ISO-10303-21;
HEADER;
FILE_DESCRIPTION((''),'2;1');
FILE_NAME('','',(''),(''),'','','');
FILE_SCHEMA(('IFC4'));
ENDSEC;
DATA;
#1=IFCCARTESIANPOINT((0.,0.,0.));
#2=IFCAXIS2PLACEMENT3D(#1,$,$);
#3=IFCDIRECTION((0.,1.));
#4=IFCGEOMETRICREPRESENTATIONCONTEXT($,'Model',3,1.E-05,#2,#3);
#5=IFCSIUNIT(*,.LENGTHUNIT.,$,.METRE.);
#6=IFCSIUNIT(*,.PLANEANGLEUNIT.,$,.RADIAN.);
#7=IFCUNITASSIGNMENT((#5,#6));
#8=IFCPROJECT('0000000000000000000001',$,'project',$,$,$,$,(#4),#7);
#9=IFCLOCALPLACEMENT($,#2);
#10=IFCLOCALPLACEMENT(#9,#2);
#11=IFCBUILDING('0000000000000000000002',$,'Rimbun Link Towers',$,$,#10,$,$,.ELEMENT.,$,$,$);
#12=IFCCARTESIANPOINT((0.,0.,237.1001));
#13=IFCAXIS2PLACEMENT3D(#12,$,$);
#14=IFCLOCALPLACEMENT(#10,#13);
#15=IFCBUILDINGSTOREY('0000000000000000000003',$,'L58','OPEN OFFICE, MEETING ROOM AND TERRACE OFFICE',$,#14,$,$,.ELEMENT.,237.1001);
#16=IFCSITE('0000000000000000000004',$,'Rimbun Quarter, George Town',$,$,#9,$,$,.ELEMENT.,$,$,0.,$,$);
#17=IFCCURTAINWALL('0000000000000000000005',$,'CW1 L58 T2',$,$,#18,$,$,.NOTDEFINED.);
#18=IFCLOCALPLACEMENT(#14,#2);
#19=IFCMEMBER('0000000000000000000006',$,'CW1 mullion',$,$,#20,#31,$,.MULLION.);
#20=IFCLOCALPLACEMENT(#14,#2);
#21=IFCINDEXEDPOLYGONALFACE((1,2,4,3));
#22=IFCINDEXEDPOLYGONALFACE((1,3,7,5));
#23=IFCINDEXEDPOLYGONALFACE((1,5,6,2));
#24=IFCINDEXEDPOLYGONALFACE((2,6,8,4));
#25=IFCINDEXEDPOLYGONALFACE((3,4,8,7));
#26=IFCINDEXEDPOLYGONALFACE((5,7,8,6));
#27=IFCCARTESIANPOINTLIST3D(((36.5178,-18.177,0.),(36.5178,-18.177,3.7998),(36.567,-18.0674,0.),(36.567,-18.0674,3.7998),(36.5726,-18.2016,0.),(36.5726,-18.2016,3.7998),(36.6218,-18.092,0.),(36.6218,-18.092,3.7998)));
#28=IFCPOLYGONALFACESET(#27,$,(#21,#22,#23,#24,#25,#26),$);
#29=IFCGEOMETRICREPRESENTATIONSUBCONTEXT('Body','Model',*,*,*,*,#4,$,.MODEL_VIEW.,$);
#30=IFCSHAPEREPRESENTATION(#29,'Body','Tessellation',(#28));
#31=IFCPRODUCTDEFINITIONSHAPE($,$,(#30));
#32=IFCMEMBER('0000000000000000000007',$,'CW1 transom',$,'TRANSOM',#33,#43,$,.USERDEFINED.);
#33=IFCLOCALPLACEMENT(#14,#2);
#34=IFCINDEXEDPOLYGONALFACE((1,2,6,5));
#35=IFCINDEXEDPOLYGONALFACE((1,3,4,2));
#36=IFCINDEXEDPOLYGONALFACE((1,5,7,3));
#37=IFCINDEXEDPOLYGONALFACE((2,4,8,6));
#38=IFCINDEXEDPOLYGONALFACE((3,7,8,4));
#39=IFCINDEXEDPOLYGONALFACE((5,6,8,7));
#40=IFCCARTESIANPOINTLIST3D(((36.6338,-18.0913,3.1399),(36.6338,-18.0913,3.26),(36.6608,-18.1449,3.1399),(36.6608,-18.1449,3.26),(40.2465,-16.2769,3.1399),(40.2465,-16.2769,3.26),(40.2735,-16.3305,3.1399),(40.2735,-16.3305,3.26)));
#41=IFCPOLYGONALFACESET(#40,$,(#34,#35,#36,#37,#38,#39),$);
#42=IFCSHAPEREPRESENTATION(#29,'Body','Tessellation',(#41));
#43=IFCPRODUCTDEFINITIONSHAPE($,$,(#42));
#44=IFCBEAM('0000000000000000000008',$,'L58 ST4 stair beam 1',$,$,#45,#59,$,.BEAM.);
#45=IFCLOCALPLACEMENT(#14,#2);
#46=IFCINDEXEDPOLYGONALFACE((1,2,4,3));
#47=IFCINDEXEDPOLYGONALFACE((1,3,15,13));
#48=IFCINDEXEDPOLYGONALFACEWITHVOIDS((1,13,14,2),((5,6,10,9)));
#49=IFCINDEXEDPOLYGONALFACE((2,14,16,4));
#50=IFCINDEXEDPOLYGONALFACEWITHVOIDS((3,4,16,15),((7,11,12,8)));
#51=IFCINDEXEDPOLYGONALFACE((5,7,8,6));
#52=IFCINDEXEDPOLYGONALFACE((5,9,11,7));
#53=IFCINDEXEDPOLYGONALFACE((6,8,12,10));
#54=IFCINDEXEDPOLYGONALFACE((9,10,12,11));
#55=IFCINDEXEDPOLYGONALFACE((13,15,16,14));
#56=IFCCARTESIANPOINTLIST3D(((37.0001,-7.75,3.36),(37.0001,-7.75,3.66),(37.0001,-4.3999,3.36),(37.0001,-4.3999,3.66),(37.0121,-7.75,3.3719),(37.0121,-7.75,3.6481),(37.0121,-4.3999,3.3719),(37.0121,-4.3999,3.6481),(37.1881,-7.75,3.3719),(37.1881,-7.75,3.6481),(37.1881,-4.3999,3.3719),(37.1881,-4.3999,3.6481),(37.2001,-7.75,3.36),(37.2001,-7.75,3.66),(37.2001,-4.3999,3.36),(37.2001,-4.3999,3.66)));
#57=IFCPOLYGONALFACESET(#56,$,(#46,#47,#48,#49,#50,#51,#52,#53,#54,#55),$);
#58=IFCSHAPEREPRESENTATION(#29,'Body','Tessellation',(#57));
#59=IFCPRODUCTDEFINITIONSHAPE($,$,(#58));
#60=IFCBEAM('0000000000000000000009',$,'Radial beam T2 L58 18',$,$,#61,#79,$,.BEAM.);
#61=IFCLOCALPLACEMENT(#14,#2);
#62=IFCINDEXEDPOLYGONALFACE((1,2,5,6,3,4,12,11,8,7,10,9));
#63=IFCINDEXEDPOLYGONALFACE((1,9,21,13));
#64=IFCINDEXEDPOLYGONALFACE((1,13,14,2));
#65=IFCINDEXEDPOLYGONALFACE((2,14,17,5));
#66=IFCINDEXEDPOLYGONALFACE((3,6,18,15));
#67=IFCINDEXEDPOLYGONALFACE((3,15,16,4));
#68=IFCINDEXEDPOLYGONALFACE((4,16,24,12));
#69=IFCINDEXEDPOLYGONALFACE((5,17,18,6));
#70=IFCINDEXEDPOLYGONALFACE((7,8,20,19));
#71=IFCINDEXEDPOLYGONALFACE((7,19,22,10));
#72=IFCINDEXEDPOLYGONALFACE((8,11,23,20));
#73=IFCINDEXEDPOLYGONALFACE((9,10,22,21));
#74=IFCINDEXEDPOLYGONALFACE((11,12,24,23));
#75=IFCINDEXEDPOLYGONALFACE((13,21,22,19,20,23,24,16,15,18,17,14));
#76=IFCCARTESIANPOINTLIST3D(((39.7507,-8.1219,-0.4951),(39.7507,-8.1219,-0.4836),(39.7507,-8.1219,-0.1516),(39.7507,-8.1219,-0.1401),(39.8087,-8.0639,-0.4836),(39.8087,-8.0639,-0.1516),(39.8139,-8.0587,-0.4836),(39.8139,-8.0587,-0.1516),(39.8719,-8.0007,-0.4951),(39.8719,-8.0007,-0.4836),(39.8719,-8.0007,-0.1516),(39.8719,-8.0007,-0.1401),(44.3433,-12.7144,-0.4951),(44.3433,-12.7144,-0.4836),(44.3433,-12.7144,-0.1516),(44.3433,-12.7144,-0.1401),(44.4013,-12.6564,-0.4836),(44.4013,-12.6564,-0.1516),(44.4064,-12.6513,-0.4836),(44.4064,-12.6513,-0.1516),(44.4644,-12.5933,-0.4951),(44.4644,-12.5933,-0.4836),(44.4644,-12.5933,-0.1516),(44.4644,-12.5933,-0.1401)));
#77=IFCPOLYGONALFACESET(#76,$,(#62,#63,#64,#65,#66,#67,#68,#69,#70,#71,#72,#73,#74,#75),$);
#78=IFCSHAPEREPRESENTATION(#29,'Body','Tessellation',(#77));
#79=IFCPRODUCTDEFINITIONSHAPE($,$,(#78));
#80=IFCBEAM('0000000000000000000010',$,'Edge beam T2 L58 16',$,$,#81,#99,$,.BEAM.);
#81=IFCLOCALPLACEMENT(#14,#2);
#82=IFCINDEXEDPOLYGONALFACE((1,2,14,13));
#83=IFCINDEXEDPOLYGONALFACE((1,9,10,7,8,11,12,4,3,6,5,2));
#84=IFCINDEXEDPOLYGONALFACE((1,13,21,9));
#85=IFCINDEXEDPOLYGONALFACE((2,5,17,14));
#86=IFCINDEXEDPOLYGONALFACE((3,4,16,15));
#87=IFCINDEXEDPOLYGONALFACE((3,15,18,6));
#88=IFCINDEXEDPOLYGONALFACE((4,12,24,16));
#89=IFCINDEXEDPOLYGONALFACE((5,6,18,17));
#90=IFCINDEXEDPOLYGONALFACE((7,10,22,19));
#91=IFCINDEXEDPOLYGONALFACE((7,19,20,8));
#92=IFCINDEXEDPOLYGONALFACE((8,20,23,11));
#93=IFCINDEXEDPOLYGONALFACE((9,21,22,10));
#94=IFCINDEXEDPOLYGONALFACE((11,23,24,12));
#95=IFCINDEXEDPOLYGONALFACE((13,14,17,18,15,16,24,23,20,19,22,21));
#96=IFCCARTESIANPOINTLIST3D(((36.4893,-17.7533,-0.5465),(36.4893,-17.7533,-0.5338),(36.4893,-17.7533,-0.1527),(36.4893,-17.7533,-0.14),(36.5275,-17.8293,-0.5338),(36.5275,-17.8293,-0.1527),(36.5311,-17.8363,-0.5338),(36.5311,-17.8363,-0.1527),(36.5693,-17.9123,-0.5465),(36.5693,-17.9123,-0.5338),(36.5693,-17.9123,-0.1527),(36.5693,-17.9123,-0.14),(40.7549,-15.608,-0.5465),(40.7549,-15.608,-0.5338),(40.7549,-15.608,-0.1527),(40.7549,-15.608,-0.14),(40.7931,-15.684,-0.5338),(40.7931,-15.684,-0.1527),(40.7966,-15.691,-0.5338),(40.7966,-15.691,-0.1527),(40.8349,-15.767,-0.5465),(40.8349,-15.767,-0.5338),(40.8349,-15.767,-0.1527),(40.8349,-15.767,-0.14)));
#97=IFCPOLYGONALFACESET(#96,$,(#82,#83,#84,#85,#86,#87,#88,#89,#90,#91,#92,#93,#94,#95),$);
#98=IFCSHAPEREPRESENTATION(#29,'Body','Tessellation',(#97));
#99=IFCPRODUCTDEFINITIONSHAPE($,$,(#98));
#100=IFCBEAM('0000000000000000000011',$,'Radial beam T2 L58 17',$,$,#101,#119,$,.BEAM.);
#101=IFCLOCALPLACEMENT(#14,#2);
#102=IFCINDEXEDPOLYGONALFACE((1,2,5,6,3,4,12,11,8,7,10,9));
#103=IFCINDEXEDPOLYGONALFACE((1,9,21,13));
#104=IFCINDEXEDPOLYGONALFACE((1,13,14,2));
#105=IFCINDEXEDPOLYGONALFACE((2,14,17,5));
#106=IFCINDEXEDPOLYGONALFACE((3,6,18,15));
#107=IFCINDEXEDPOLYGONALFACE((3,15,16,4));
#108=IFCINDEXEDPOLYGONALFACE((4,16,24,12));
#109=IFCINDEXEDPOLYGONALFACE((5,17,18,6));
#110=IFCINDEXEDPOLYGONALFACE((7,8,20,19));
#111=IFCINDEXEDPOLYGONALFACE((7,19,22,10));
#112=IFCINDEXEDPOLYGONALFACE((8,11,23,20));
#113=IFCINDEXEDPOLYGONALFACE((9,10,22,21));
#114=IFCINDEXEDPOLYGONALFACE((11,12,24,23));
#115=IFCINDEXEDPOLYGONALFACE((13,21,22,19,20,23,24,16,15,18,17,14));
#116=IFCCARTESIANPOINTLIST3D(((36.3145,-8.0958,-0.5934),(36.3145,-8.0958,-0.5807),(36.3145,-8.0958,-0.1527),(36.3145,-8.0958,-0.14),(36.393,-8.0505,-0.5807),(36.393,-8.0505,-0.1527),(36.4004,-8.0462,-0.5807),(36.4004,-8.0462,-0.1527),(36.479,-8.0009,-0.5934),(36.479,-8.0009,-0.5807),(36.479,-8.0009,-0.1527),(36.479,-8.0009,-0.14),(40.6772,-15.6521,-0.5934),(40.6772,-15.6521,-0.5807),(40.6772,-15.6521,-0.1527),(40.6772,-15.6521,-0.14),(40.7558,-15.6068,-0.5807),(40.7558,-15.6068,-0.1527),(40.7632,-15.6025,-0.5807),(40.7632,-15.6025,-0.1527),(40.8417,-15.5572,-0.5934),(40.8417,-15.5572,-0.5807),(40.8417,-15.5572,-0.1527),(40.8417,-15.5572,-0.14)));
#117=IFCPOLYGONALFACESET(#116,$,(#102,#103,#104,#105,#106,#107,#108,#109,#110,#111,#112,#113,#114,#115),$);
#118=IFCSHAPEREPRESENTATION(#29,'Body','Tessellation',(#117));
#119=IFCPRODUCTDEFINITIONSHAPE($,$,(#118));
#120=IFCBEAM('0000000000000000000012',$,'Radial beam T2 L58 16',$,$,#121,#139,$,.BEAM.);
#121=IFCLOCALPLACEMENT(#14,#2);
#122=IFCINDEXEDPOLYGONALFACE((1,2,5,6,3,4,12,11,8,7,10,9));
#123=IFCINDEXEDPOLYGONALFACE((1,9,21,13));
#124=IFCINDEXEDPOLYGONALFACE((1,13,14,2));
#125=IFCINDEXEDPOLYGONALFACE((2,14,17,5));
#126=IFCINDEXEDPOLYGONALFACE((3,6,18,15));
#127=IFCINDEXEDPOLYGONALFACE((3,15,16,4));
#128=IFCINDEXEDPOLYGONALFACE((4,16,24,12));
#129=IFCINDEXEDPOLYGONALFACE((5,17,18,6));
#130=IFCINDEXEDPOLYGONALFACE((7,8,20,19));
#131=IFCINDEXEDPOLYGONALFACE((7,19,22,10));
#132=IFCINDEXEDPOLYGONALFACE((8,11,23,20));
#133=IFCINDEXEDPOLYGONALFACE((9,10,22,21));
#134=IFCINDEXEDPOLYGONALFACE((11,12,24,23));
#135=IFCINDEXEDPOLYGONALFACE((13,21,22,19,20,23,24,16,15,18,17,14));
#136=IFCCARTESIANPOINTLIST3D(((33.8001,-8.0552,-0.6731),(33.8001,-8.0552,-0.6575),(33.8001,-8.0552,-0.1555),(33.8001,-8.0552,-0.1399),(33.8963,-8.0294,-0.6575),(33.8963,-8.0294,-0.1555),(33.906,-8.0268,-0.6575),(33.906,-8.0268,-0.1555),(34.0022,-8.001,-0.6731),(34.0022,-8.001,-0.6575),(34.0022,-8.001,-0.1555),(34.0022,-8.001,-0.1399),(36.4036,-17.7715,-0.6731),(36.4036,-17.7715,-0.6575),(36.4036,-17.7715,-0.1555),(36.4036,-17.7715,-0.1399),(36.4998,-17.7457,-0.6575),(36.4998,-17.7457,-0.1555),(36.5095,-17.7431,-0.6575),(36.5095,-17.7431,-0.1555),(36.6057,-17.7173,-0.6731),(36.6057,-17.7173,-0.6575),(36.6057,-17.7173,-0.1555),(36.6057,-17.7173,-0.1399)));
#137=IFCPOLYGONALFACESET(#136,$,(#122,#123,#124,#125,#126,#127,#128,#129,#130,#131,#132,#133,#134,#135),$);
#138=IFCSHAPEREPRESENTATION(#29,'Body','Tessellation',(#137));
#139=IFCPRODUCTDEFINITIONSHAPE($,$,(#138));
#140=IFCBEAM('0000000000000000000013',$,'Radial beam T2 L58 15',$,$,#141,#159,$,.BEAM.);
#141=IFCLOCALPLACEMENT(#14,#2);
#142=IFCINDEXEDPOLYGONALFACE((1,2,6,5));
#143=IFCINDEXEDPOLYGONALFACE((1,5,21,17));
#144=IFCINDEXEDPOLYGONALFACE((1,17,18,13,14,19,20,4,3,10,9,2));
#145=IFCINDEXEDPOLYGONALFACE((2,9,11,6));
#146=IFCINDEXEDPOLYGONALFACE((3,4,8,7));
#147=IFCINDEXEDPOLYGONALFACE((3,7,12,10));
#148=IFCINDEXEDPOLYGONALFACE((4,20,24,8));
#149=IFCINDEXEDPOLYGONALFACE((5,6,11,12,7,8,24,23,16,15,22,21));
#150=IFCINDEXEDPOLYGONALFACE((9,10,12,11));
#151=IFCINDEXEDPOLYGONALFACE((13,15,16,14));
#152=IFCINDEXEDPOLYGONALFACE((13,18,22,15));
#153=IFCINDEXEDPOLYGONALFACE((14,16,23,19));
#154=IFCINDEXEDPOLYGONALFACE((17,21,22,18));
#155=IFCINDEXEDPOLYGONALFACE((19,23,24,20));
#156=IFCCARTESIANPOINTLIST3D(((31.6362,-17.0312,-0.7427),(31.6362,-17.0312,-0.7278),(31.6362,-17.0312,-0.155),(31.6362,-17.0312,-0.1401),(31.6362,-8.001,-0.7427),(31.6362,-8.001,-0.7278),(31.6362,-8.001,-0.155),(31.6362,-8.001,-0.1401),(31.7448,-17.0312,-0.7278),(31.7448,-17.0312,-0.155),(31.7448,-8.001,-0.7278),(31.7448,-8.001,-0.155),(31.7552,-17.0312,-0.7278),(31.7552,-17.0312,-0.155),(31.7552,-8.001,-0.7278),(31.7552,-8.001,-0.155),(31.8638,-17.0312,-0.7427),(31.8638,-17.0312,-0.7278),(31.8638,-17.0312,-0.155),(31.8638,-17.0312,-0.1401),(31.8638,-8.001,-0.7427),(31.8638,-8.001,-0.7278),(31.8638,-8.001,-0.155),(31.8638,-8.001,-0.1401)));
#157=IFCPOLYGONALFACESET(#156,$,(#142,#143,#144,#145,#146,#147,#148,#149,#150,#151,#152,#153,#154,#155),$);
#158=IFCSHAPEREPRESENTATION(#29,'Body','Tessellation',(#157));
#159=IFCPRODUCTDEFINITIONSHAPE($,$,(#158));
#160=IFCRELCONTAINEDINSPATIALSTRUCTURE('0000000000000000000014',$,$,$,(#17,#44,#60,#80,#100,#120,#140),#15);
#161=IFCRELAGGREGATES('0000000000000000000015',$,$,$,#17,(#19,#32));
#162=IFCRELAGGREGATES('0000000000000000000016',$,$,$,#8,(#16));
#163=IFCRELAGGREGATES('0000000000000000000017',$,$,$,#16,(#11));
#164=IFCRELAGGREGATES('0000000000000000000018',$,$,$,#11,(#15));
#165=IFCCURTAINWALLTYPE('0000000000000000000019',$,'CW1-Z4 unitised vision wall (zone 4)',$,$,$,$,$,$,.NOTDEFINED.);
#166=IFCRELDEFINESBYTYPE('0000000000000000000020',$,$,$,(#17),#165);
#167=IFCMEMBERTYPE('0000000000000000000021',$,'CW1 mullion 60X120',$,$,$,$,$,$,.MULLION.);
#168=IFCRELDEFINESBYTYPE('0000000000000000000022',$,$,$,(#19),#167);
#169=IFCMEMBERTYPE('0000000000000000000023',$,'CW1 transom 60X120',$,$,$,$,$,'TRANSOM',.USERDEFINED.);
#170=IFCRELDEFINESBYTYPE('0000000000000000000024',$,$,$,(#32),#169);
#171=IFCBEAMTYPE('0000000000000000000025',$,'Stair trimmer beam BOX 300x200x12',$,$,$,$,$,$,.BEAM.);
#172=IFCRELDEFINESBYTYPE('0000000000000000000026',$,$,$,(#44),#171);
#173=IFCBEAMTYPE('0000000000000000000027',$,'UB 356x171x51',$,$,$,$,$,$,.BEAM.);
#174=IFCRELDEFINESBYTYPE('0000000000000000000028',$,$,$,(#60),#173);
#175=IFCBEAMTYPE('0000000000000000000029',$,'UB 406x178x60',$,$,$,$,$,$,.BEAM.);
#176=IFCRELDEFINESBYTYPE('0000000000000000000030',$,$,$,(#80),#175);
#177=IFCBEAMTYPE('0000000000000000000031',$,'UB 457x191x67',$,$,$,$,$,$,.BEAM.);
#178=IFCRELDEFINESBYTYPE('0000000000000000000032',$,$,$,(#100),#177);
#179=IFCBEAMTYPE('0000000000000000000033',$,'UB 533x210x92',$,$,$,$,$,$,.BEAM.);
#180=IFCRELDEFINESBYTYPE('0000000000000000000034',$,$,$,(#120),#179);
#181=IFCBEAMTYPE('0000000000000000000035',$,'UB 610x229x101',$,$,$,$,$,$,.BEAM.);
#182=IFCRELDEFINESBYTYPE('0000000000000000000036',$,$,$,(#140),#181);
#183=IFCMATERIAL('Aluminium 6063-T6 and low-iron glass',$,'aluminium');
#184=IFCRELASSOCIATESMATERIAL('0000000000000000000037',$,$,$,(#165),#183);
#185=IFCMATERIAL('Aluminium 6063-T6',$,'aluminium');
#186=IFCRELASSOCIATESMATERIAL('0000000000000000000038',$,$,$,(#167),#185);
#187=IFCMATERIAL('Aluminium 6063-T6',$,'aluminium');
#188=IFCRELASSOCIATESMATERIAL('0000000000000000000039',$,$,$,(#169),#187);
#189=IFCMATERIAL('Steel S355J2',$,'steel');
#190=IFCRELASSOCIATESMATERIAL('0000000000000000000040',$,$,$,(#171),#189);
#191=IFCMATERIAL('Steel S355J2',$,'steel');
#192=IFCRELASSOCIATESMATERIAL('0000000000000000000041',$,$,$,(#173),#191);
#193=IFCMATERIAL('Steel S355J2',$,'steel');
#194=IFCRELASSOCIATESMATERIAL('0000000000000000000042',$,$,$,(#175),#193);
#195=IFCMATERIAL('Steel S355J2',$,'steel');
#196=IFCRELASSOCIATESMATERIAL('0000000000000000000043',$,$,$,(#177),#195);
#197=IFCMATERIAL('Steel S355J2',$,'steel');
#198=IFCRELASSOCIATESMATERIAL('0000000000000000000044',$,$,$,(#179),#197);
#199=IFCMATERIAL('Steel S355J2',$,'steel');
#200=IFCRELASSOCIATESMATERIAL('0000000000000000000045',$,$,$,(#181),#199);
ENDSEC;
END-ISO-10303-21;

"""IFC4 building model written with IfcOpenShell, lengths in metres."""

from ifc_helpers import new_model, si_unit, direction, frame, origin, origin_2d, place, context, subcontext, project, spatial, rectangle, hollow_rectangle, i_section, extrude, material, material_profile, profile_set, type_object, element, aggregate, save


model = new_model("IFC4")

# Units and contexts
model_context = context("Model", 3, precision=1e-05, world=origin(), true_north=direction((0.0, 1.0)))
body_context = subcontext(model_context, "Body", "Model", "MODEL_VIEW")
ifc_project = project(units=[si_unit("LENGTHUNIT", "METRE"), si_unit("PLANEANGLEUNIT", "RADIAN")], contexts=[model_context])

# Site, building, storey
site_placement = place(None, origin())
site = spatial("IfcSite", under=ifc_project, at=site_placement, Name="Rimbun Quarter, George Town", CompositionType="ELEMENT", RefElevation=0.0)
building_placement = place(site_placement, origin())
building = spatial("IfcBuilding", under=site, at=building_placement, Name="Rimbun Link Towers", CompositionType="ELEMENT")
storey_placement = place(building_placement, frame((0.0, 0.0, 237.1001)))
storey = spatial("IfcBuildingStorey", under=building, at=storey_placement, Name="L58", Description="OPEN OFFICE, MEETING ROOM AND TERRACE OFFICE", CompositionType="ELEMENT", Elevation=237.1001)

# Curtain wall, members
ifc_material_1 = material(Name="Aluminium 6063-T6 and low-iron glass", Category="aluminium")
curtain_wall_type = type_object("IfcCurtainWallType", Name="CW1-Z4 unitised vision wall (zone 4)", PredefinedType="NOTDEFINED", material=ifc_material_1)
curtain_wall_placement = place(storey_placement, origin())
curtain_wall = element("IfcCurtainWall", 1, at=curtain_wall_placement, inside=storey, type_object=curtain_wall_type, Name="CW1 L58 T2", PredefinedType="NOTDEFINED")
ifc_material_2 = material(Name="Aluminium 6063-T6", Category="aluminium")
ifc_material_profile_1 = material_profile(ifc_material_2, rectangle(XDim=0.1201, YDim=0.0601, at=origin_2d()), Name="MULLION 60X120")
ifc_profile_set_1 = profile_set([ifc_material_profile_1], Name="Aluminium 6063-T6")
member_type_1 = type_object("IfcMemberType", Name="CW1 mullion 60X120", PredefinedType="MULLION", material=ifc_profile_set_1)
member_1_placement = place(storey_placement, frame((36.5698, -18.1345, 0.0), z_axis=(0.0, 0.0, 1.0), x_axis=(-0.40941, -0.91235, 0.0)))
member_1 = element("IfcMember", 2, at=member_1_placement, type_object=member_type_1, Name="CW1 mullion", PredefinedType="MULLION", context=body_context, shape_type="SweptSolid", body=[
    extrude(rectangle(XDim=0.1201, YDim=0.0601, at=origin_2d()), origin(), (0.0, 0.0, 1.0), 3.7998),
])
ifc_material_3 = material(Name="Aluminium 6063-T6", Category="aluminium")
ifc_material_profile_2 = material_profile(ifc_material_3, rectangle(XDim=0.0601, YDim=0.1201, at=origin_2d()), Name="TRANSOM 60X120")
ifc_profile_set_2 = profile_set([ifc_material_profile_2], Name="Aluminium 6063-T6")
member_type_2 = type_object("IfcMemberType", Name="CW1 transom 60X120", ElementType="TRANSOM", PredefinedType="USERDEFINED", material=ifc_profile_set_2)
member_2_placement = place(storey_placement, frame((40.26, -16.3037, 3.2), z_axis=(-0.893629, -0.448807, 0.0), x_axis=(0.448807, -0.893629, 0.0)))
member_2 = element("IfcMember", 3, at=member_2_placement, type_object=member_type_2, Name="CW1 transom", ObjectType="TRANSOM", PredefinedType="USERDEFINED", context=body_context, shape_type="SweptSolid", body=[
    extrude(rectangle(XDim=0.0601, YDim=0.1201, at=origin_2d()), origin(), (0.0, 0.0, 1.0), 4.0427),
])

# Beams
ifc_material_4 = material(Name="Steel S355J2", Category="steel")
ifc_material_profile_3 = material_profile(ifc_material_4, hollow_rectangle(XDim=0.2, YDim=0.3, WallThickness=0.012, at=origin_2d()), Name="BOX 300x200x12")
ifc_profile_set_3 = profile_set([ifc_material_profile_3], Name="Steel S355J2")
beam_type_1 = type_object("IfcBeamType", Name="Stair trimmer beam BOX 300x200x12", PredefinedType="BEAM", material=ifc_profile_set_3)
beam_1_placement = place(storey_placement, frame((37.1001, -7.75, 3.51), z_axis=(0.0, 1.0, 0.0), x_axis=(-1.0, 0.0, 0.0)))
element("IfcBeam", 4, at=beam_1_placement, inside=storey, type_object=beam_type_1, Name="L58 ST4 stair beam 1", PredefinedType="BEAM", context=body_context, shape_type="SweptSolid", body=[
    extrude(hollow_rectangle(XDim=0.2, YDim=0.3, WallThickness=0.012, at=origin_2d()), origin(), (0.0, 0.0, 1.0), 3.3501),
])
ifc_material_5 = material(Name="Steel S355J2", Category="steel")
ifc_material_profile_4 = material_profile(ifc_material_5, i_section(OverallWidth=0.1714, OverallDepth=0.355, WebThickness=0.0073, FlangeThickness=0.0115, at=origin_2d()), Name="UB 356x171x51")
ifc_profile_set_4 = profile_set([ifc_material_profile_4], Name="Steel S355J2")
beam_type_2 = type_object("IfcBeamType", Name="UB 356x171x51", PredefinedType="BEAM", material=ifc_profile_set_4)
beam_2_placement = place(storey_placement, frame((39.8113, -8.0613, -0.3176), z_axis=(0.707107, -0.707107, 0.0), x_axis=(0.707107, 0.707107, 0.0)))
element("IfcBeam", 5, at=beam_2_placement, inside=storey, type_object=beam_type_2, Name="Radial beam T2 L58 18", PredefinedType="BEAM", context=body_context, shape_type="SweptSolid", body=[
    extrude(i_section(OverallWidth=0.1714, OverallDepth=0.355, WebThickness=0.0073, FlangeThickness=0.0115, at=origin_2d()), origin(), (0.0, 0.0, 1.0), 6.4949),
])
ifc_material_6 = material(Name="Steel S355J2", Category="steel")
ifc_material_profile_5 = material_profile(ifc_material_6, i_section(OverallWidth=0.178, OverallDepth=0.4065, WebThickness=0.0078, FlangeThickness=0.0127, at=origin_2d()), Name="UB 406x178x60")
ifc_profile_set_5 = profile_set([ifc_material_profile_5], Name="Steel S355J2")
beam_type_3 = type_object("IfcBeamType", Name="UB 406x178x60", PredefinedType="BEAM", material=ifc_profile_set_5)
beam_3_placement = place(storey_placement, frame((36.5293, -17.8328, -0.3433), z_axis=(0.893382, 0.449299, 0.0), x_axis=(-0.449299, 0.893382, 0.0)))
element("IfcBeam", 6, at=beam_3_placement, inside=storey, type_object=beam_type_3, Name="Edge beam T2 L58 16", PredefinedType="BEAM", context=body_context, shape_type="SweptSolid", body=[
    extrude(i_section(OverallWidth=0.178, OverallDepth=0.4065, WebThickness=0.0078, FlangeThickness=0.0127, at=origin_2d()), origin(), (0.0, 0.0, 1.0), 4.7747),
])
ifc_material_7 = material(Name="Steel S355J2", Category="steel")
ifc_material_profile_6 = material_profile(ifc_material_7, i_section(OverallWidth=0.1899, OverallDepth=0.4534, WebThickness=0.0085, FlangeThickness=0.0127, at=origin_2d()), Name="UB 457x191x67")
ifc_profile_set_6 = profile_set([ifc_material_profile_6], Name="Steel S355J2")
beam_type_4 = type_object("IfcBeamType", Name="UB 457x191x67", PredefinedType="BEAM", material=ifc_profile_set_6)
beam_4_placement = place(storey_placement, frame((36.3967, -8.0483, -0.3667), z_axis=(0.500009, -0.86602, 0.0), x_axis=(0.86602, 0.500009, 0.0)))
element("IfcBeam", 7, at=beam_4_placement, inside=storey, type_object=beam_type_4, Name="Radial beam T2 L58 17", PredefinedType="BEAM", context=body_context, shape_type="SweptSolid", body=[
    extrude(i_section(OverallWidth=0.1899, OverallDepth=0.4534, WebThickness=0.0085, FlangeThickness=0.0127, at=origin_2d()), origin(), (0.0, 0.0, 1.0), 8.7253),
])
ifc_material_8 = material(Name="Steel S355J2", Category="steel")
ifc_material_profile_7 = material_profile(ifc_material_8, i_section(OverallWidth=0.2092, OverallDepth=0.5332, WebThickness=0.01, FlangeThickness=0.0156, at=origin_2d()), Name="UB 533x210x92")
ifc_profile_set_7 = profile_set([ifc_material_profile_7], Name="Steel S355J2")
beam_type_5 = type_object("IfcBeamType", Name="UB 533x210x92", PredefinedType="BEAM", material=ifc_profile_set_7)
beam_5_placement = place(storey_placement, frame((33.9011, -8.0281, -0.4065), z_axis=(0.258823, -0.965925, 0.0), x_axis=(0.965925, 0.258823, 0.0)))
element("IfcBeam", 8, at=beam_5_placement, inside=storey, type_object=beam_type_5, Name="Radial beam T2 L58 16", PredefinedType="BEAM", context=body_context, shape_type="SweptSolid", body=[
    extrude(i_section(OverallWidth=0.2092, OverallDepth=0.5332, WebThickness=0.01, FlangeThickness=0.0156, at=origin_2d()), origin(), (0.0, 0.0, 1.0), 10.0591),
])
ifc_material_9 = material(Name="Steel S355J2", Category="steel")
ifc_material_profile_8 = material_profile(ifc_material_9, i_section(OverallWidth=0.2275, OverallDepth=0.6025, WebThickness=0.0105, FlangeThickness=0.0149, at=origin_2d()), Name="UB 610x229x101")
ifc_profile_set_8 = profile_set([ifc_material_profile_8], Name="Steel S355J2")
beam_type_6 = type_object("IfcBeamType", Name="UB 610x229x101", PredefinedType="BEAM", material=ifc_profile_set_8)
beam_6_placement = place(storey_placement, frame((31.75, -8.001, -0.4414), z_axis=(0.0, -1.0, 0.0), x_axis=(1.0, 0.0, 0.0)))
element("IfcBeam", 9, at=beam_6_placement, inside=storey, type_object=beam_type_6, Name="Radial beam T2 L58 15", PredefinedType="BEAM", context=body_context, shape_type="SweptSolid", body=[
    extrude(i_section(OverallWidth=0.2275, OverallDepth=0.6025, WebThickness=0.0105, FlangeThickness=0.0149, at=origin_2d()), origin(), (0.0, 0.0, 1.0), 9.0303),
])

aggregate(curtain_wall, [member_1, member_2])

save(model, "model.ifc")
